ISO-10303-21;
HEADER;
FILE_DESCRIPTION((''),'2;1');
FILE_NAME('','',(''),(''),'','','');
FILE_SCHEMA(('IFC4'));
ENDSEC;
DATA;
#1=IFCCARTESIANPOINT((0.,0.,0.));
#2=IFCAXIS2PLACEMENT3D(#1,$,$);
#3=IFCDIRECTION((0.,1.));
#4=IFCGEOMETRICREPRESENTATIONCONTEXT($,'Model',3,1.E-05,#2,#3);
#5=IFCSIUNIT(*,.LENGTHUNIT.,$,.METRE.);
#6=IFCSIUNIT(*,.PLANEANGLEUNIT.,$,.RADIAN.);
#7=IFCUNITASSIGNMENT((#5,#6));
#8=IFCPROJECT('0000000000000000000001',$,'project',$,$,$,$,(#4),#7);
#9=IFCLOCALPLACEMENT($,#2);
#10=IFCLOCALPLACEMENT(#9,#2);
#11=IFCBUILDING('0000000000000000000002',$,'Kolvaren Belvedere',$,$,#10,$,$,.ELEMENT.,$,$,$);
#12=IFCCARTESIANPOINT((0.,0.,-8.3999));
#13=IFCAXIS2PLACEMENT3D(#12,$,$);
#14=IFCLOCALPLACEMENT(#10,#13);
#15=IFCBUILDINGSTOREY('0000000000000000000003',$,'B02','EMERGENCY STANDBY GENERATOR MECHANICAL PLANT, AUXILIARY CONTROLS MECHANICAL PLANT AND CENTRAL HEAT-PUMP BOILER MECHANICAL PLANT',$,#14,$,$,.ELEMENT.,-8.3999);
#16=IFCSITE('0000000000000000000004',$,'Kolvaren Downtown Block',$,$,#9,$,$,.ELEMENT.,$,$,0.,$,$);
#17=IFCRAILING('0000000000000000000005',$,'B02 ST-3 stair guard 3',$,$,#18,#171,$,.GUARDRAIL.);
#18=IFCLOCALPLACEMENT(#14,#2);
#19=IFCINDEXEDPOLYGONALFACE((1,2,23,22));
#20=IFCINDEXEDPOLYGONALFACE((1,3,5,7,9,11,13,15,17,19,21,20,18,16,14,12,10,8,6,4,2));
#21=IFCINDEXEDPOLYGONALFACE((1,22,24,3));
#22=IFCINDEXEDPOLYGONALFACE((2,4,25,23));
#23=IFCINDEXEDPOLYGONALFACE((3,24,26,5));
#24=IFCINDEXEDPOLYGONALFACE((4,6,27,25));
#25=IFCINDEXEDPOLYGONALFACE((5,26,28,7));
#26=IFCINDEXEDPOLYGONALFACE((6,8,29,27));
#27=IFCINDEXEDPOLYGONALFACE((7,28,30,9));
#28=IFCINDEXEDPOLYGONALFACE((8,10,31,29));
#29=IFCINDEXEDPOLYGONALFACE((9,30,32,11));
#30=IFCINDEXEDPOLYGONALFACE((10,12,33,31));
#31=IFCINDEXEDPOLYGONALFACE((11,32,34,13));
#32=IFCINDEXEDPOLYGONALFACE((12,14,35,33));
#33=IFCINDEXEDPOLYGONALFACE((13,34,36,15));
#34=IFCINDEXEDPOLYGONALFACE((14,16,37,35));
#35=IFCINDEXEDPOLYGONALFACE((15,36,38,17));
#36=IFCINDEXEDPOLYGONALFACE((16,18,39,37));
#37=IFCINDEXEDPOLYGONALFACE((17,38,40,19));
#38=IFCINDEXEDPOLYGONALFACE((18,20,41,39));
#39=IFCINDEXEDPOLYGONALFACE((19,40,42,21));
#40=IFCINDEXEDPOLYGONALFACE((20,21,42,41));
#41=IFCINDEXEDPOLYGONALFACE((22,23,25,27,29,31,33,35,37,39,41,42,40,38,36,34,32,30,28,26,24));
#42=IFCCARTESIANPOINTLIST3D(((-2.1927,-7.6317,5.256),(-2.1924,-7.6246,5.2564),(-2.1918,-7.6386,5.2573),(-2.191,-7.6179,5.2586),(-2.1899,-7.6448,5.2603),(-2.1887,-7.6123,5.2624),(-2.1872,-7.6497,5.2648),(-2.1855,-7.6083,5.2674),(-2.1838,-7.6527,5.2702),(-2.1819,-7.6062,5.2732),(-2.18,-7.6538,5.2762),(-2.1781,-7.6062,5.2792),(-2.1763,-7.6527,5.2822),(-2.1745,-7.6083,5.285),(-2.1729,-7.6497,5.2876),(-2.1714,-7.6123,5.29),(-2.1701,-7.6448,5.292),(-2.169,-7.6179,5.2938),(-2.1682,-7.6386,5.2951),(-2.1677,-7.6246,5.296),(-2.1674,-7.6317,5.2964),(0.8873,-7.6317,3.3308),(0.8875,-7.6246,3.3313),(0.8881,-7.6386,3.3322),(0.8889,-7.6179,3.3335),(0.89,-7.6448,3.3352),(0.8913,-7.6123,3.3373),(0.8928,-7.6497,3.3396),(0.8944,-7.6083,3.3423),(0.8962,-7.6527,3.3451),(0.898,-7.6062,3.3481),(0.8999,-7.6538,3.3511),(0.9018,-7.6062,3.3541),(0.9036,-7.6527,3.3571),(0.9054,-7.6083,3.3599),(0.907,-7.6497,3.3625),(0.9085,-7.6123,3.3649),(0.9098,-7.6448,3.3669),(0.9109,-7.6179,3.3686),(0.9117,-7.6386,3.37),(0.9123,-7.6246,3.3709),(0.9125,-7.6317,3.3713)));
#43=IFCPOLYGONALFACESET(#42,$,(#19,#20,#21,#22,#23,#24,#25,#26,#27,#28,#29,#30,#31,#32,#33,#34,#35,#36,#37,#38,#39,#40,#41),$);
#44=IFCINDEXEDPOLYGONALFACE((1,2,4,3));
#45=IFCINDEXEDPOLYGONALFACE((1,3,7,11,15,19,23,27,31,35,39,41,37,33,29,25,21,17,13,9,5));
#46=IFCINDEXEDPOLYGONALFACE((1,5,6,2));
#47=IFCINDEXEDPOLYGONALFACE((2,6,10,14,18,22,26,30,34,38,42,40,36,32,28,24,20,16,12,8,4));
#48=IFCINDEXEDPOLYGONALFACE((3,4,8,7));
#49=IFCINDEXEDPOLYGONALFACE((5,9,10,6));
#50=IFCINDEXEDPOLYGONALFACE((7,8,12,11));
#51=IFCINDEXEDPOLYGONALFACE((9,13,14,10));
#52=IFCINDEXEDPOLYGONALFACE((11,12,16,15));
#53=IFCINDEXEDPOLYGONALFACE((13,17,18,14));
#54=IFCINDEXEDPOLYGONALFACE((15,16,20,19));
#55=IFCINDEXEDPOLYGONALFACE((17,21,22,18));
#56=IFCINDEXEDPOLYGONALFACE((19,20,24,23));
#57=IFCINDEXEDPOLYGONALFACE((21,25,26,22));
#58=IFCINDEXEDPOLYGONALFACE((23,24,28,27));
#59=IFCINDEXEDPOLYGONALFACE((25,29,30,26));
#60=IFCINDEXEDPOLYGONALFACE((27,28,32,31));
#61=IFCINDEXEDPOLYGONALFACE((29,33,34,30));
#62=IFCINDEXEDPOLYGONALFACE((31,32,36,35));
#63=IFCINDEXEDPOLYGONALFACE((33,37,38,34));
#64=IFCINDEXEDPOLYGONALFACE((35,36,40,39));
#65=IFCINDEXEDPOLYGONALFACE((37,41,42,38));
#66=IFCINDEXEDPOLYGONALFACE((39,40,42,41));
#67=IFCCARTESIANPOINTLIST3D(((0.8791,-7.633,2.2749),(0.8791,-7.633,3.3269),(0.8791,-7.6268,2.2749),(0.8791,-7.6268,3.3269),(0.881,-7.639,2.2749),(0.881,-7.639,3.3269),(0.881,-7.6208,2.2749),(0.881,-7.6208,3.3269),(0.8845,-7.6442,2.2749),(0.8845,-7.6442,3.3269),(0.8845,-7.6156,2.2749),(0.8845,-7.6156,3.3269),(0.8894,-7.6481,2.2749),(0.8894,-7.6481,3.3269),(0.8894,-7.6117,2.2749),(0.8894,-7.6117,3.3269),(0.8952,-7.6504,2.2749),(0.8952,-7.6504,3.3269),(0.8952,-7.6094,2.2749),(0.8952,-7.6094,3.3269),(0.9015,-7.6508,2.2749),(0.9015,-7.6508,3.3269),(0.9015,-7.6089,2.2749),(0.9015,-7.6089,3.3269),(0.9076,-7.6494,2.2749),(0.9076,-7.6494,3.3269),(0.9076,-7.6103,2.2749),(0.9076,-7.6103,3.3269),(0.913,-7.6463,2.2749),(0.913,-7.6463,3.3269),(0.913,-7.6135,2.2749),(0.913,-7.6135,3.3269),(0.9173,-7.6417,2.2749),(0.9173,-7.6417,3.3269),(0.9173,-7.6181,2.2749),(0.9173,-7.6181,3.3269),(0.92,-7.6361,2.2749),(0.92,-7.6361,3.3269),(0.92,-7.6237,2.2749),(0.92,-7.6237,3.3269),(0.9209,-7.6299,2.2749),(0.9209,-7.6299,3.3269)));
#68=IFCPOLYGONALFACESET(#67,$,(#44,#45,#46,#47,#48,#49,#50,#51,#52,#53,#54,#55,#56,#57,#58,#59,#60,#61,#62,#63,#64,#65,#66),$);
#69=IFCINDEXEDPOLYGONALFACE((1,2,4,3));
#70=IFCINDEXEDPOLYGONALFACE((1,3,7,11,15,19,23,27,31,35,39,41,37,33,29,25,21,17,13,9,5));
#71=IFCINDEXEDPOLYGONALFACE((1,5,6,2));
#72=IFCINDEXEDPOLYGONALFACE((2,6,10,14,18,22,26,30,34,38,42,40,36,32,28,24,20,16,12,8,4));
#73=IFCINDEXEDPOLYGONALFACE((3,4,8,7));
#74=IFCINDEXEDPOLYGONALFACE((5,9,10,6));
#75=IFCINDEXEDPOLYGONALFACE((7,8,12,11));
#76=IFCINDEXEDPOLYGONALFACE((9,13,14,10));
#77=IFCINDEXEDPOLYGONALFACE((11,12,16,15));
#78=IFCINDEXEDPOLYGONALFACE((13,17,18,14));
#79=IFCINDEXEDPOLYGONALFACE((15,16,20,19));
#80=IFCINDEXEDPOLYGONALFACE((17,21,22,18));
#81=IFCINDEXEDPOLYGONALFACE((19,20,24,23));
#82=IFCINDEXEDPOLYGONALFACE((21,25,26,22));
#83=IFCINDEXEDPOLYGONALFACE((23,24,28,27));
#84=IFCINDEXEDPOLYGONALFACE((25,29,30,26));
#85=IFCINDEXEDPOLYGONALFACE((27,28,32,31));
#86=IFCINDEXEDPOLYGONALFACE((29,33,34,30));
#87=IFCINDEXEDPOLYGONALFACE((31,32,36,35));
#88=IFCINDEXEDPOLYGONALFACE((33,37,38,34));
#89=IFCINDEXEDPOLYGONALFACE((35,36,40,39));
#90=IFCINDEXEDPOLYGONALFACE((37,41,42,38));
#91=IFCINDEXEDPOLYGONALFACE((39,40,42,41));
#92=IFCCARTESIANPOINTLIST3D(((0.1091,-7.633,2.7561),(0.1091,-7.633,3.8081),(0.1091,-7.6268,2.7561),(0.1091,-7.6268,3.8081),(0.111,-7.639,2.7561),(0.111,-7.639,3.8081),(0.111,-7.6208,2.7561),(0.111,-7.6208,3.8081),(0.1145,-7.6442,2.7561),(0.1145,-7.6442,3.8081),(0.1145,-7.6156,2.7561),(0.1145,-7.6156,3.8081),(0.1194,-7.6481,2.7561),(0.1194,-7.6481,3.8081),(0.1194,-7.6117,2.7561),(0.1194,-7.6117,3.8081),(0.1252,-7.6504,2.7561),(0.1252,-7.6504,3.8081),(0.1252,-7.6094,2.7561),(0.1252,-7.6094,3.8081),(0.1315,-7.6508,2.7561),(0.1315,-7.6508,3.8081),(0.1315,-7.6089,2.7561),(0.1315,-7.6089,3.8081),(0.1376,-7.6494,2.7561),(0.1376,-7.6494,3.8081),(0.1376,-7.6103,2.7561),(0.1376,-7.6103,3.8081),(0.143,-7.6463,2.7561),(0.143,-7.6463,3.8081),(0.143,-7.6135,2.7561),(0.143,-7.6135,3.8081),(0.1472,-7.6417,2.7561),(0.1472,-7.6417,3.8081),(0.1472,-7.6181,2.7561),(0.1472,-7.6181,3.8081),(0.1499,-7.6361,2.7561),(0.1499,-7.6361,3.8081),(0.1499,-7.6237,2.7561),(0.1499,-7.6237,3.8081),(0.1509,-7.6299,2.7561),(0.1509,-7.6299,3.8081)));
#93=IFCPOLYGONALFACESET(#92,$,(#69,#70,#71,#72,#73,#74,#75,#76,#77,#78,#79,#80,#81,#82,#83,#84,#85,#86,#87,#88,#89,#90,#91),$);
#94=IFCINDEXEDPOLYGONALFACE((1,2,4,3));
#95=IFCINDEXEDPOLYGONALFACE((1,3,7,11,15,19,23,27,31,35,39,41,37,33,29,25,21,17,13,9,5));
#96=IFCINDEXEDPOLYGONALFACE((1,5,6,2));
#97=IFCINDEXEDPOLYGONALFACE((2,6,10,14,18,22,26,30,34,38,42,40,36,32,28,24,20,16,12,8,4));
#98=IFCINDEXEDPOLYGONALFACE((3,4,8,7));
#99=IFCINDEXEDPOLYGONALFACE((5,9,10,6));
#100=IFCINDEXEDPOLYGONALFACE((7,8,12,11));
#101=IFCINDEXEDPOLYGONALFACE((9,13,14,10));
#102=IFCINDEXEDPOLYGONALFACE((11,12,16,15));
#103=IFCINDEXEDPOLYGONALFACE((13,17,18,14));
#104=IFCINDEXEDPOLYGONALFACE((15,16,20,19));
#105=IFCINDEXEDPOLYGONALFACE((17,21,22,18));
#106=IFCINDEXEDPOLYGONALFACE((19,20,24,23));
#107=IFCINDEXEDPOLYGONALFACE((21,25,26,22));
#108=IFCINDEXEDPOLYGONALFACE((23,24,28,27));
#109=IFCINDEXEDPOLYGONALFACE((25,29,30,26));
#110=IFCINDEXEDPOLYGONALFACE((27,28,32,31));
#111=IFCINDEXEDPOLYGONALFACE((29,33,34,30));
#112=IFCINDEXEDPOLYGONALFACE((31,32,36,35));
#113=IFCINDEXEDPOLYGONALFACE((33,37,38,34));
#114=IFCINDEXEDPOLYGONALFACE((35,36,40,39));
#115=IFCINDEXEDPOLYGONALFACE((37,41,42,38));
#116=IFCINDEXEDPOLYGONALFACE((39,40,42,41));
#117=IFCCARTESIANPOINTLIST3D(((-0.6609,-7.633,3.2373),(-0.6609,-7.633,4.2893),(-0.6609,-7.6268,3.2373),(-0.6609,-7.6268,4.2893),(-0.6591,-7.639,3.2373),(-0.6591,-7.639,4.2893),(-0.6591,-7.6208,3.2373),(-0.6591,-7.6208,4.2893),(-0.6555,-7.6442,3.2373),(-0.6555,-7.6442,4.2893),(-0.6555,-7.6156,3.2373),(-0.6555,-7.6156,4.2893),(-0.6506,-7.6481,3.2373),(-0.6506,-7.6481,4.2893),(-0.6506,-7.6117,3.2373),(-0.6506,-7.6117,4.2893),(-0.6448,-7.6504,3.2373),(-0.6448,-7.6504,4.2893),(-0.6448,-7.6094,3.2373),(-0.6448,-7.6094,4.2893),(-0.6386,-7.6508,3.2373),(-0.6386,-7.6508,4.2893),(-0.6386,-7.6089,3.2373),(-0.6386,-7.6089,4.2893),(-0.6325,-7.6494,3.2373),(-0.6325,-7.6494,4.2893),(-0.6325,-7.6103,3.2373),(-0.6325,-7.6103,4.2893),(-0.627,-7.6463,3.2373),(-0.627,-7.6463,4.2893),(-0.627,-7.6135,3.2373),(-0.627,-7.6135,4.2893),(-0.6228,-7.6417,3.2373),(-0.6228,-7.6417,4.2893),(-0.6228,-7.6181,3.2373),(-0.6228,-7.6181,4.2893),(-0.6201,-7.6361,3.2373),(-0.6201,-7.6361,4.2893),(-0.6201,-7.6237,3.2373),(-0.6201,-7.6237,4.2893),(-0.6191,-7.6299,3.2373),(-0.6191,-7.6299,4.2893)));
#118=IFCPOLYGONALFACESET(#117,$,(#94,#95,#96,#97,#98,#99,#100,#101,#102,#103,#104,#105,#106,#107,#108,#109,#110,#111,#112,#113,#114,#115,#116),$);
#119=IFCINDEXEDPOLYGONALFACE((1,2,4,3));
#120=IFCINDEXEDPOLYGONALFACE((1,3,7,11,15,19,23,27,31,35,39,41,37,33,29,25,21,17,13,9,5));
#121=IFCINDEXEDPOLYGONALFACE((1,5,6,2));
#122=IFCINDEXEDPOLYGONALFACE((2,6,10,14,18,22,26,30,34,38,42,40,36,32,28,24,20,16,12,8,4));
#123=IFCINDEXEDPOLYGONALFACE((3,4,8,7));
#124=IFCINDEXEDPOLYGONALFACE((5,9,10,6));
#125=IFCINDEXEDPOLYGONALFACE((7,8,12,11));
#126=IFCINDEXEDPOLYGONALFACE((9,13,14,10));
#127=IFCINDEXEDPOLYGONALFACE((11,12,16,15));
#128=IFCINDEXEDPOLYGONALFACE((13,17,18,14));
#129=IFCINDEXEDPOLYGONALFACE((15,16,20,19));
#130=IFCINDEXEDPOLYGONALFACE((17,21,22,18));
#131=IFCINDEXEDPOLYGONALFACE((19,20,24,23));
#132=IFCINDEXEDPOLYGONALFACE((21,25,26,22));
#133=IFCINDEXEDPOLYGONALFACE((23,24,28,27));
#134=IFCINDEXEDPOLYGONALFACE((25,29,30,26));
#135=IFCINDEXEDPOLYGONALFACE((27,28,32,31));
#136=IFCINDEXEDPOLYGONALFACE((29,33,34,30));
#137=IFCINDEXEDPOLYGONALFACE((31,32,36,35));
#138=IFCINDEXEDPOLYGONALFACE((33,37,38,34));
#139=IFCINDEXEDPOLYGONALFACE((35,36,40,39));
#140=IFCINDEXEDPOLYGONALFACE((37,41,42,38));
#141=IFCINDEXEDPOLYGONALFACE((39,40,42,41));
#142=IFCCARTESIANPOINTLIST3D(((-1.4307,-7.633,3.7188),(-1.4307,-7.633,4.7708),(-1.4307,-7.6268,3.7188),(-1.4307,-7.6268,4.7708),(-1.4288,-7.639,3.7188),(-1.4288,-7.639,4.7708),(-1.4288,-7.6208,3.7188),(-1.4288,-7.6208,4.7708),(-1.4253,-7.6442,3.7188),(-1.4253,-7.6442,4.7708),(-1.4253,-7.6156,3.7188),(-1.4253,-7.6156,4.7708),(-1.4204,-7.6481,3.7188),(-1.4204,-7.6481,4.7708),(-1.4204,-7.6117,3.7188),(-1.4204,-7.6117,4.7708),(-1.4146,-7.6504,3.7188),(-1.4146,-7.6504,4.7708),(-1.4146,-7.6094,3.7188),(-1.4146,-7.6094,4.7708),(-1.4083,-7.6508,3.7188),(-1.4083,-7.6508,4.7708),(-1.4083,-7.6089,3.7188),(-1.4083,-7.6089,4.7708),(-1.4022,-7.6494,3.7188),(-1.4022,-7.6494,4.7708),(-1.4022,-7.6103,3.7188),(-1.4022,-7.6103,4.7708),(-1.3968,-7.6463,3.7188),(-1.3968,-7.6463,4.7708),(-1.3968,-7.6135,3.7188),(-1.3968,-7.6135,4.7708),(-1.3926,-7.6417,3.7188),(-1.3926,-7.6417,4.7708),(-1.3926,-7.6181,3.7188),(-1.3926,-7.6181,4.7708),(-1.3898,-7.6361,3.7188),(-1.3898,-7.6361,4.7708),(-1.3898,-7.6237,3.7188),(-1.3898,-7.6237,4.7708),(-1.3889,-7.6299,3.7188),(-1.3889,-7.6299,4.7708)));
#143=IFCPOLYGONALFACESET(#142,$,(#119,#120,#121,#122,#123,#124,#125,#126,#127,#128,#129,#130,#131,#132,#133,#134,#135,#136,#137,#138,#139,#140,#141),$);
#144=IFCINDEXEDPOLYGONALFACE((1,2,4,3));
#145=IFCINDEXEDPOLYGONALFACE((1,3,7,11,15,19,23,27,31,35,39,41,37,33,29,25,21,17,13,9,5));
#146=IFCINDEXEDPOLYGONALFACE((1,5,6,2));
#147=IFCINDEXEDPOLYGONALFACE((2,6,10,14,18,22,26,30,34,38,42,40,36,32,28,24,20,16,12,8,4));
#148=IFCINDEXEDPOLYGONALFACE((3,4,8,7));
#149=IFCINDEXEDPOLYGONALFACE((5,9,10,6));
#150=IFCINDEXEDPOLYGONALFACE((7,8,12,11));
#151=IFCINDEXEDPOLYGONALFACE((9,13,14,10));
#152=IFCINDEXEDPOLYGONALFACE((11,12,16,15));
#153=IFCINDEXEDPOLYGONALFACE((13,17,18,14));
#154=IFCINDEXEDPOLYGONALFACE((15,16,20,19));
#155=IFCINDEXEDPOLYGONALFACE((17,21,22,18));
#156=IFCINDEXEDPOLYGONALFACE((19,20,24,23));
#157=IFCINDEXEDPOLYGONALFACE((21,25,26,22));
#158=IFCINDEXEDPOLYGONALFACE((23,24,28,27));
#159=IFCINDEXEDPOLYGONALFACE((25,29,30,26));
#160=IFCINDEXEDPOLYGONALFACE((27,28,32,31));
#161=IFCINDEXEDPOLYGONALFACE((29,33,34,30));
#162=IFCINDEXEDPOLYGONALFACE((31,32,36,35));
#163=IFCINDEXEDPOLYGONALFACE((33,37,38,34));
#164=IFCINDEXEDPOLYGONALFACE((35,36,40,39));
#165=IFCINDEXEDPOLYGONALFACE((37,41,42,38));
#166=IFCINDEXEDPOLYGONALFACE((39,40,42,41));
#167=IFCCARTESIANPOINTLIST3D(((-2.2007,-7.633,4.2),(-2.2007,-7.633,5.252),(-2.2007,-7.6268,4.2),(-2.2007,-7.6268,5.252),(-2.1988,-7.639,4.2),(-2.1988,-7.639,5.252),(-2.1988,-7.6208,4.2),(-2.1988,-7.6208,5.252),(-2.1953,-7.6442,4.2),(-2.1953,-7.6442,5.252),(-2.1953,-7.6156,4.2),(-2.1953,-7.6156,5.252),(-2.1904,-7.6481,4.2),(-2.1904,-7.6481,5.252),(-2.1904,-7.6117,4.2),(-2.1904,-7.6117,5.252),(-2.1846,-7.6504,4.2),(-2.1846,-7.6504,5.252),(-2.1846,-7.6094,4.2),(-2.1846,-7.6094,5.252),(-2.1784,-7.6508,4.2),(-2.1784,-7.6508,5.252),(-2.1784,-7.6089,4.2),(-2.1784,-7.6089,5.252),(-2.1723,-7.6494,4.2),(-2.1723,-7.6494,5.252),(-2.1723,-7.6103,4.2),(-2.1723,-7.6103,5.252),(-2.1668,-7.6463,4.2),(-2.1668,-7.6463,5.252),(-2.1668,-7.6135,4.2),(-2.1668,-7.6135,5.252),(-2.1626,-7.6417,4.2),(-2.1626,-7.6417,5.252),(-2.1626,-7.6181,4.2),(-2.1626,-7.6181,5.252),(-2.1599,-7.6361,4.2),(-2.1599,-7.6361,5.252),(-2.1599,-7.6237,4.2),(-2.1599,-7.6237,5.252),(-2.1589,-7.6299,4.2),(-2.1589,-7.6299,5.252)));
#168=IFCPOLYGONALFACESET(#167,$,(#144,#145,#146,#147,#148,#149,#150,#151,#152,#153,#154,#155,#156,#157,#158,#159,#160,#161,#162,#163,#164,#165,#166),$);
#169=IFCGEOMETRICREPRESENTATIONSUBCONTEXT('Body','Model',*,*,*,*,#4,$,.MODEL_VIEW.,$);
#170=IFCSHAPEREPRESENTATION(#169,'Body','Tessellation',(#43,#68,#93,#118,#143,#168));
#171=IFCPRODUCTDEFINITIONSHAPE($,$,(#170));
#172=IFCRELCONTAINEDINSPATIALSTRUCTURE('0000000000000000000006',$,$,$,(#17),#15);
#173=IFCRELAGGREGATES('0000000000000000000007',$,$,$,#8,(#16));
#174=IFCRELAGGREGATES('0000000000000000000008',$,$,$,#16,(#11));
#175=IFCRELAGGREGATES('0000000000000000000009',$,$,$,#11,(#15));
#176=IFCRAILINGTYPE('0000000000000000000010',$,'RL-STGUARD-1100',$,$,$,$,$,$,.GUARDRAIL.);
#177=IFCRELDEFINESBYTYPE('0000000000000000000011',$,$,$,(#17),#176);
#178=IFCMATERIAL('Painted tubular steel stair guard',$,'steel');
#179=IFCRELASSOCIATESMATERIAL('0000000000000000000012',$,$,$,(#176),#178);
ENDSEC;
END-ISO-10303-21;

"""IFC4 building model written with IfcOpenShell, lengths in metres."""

from ifc_helpers import new_model, si_unit, direction, frame, origin, origin_2d, place, context, subcontext, project, spatial, circle, extrude, material, type_object, element, save


model = new_model("IFC4")

# Units and contexts
model_context = context("Model", 3, precision=1e-05, world=origin(), true_north=direction((0.0, 1.0)))
body_context = subcontext(model_context, "Body", "Model", "MODEL_VIEW")
ifc_project = project(units=[si_unit("LENGTHUNIT", "METRE"), si_unit("PLANEANGLEUNIT", "RADIAN")], contexts=[model_context])

# Site, building, storey
site_placement = place(None, origin())
site = spatial("IfcSite", under=ifc_project, at=site_placement, Name="Kolvaren Downtown Block", CompositionType="ELEMENT", RefElevation=0.0)
building_placement = place(site_placement, origin())
building = spatial("IfcBuilding", under=site, at=building_placement, Name="Kolvaren Belvedere", CompositionType="ELEMENT")
storey_placement = place(building_placement, frame((0.0, 0.0, -8.3999)))
storey = spatial("IfcBuildingStorey", under=building, at=storey_placement, Name="B02", Description="EMERGENCY STANDBY GENERATOR MECHANICAL PLANT, AUXILIARY CONTROLS MECHANICAL PLANT AND CENTRAL HEAT-PUMP BOILER MECHANICAL PLANT", CompositionType="ELEMENT", Elevation=-8.3999)

# Railing
ifc_material_1 = material(Name="Painted tubular steel stair guard", Category="steel")
railing_type_1 = type_object("IfcRailingType", Name="RL-STGUARD-1100", PredefinedType="GUARDRAIL", material=ifc_material_1)
railing_1_placement = place(storey_placement, frame((0.8999, -7.6299, 2.2749)))
element("IfcRailing", 1, at=railing_1_placement, inside=storey, type_object=railing_type_1, Name="B02 ST-3 stair guard 3", PredefinedType="GUARDRAIL", context=body_context, shape_type="SweptSolid", body=[
    extrude(circle(Radius=0.0239, at=origin_2d()), frame((0.0, 0.0, 1.0762), z_axis=(-0.847979, 0.0, 0.530029), x_axis=(0.0, -1.0, 0.0)), (0.0, 0.0, 1.0), 3.6321),
    extrude(circle(Radius=0.021, at=origin_2d()), origin(), (0.0, 0.0, 1.0), 1.052),
    extrude(circle(Radius=0.021, at=origin_2d()), frame((-0.77, 0.0, 0.4812)), (0.0, 0.0, 1.0), 1.052),
    extrude(circle(Radius=0.021, at=origin_2d()), frame((-1.54, 0.0, 0.9624)), (0.0, 0.0, 1.0), 1.052),
    extrude(circle(Radius=0.021, at=origin_2d()), frame((-2.3098, 0.0, 1.4438)), (0.0, 0.0, 1.0), 1.052),
    extrude(circle(Radius=0.021, at=origin_2d()), frame((-3.0798, 0.0, 1.925)), (0.0, 0.0, 1.0), 1.052),
])

save(model, "model.ifc")
